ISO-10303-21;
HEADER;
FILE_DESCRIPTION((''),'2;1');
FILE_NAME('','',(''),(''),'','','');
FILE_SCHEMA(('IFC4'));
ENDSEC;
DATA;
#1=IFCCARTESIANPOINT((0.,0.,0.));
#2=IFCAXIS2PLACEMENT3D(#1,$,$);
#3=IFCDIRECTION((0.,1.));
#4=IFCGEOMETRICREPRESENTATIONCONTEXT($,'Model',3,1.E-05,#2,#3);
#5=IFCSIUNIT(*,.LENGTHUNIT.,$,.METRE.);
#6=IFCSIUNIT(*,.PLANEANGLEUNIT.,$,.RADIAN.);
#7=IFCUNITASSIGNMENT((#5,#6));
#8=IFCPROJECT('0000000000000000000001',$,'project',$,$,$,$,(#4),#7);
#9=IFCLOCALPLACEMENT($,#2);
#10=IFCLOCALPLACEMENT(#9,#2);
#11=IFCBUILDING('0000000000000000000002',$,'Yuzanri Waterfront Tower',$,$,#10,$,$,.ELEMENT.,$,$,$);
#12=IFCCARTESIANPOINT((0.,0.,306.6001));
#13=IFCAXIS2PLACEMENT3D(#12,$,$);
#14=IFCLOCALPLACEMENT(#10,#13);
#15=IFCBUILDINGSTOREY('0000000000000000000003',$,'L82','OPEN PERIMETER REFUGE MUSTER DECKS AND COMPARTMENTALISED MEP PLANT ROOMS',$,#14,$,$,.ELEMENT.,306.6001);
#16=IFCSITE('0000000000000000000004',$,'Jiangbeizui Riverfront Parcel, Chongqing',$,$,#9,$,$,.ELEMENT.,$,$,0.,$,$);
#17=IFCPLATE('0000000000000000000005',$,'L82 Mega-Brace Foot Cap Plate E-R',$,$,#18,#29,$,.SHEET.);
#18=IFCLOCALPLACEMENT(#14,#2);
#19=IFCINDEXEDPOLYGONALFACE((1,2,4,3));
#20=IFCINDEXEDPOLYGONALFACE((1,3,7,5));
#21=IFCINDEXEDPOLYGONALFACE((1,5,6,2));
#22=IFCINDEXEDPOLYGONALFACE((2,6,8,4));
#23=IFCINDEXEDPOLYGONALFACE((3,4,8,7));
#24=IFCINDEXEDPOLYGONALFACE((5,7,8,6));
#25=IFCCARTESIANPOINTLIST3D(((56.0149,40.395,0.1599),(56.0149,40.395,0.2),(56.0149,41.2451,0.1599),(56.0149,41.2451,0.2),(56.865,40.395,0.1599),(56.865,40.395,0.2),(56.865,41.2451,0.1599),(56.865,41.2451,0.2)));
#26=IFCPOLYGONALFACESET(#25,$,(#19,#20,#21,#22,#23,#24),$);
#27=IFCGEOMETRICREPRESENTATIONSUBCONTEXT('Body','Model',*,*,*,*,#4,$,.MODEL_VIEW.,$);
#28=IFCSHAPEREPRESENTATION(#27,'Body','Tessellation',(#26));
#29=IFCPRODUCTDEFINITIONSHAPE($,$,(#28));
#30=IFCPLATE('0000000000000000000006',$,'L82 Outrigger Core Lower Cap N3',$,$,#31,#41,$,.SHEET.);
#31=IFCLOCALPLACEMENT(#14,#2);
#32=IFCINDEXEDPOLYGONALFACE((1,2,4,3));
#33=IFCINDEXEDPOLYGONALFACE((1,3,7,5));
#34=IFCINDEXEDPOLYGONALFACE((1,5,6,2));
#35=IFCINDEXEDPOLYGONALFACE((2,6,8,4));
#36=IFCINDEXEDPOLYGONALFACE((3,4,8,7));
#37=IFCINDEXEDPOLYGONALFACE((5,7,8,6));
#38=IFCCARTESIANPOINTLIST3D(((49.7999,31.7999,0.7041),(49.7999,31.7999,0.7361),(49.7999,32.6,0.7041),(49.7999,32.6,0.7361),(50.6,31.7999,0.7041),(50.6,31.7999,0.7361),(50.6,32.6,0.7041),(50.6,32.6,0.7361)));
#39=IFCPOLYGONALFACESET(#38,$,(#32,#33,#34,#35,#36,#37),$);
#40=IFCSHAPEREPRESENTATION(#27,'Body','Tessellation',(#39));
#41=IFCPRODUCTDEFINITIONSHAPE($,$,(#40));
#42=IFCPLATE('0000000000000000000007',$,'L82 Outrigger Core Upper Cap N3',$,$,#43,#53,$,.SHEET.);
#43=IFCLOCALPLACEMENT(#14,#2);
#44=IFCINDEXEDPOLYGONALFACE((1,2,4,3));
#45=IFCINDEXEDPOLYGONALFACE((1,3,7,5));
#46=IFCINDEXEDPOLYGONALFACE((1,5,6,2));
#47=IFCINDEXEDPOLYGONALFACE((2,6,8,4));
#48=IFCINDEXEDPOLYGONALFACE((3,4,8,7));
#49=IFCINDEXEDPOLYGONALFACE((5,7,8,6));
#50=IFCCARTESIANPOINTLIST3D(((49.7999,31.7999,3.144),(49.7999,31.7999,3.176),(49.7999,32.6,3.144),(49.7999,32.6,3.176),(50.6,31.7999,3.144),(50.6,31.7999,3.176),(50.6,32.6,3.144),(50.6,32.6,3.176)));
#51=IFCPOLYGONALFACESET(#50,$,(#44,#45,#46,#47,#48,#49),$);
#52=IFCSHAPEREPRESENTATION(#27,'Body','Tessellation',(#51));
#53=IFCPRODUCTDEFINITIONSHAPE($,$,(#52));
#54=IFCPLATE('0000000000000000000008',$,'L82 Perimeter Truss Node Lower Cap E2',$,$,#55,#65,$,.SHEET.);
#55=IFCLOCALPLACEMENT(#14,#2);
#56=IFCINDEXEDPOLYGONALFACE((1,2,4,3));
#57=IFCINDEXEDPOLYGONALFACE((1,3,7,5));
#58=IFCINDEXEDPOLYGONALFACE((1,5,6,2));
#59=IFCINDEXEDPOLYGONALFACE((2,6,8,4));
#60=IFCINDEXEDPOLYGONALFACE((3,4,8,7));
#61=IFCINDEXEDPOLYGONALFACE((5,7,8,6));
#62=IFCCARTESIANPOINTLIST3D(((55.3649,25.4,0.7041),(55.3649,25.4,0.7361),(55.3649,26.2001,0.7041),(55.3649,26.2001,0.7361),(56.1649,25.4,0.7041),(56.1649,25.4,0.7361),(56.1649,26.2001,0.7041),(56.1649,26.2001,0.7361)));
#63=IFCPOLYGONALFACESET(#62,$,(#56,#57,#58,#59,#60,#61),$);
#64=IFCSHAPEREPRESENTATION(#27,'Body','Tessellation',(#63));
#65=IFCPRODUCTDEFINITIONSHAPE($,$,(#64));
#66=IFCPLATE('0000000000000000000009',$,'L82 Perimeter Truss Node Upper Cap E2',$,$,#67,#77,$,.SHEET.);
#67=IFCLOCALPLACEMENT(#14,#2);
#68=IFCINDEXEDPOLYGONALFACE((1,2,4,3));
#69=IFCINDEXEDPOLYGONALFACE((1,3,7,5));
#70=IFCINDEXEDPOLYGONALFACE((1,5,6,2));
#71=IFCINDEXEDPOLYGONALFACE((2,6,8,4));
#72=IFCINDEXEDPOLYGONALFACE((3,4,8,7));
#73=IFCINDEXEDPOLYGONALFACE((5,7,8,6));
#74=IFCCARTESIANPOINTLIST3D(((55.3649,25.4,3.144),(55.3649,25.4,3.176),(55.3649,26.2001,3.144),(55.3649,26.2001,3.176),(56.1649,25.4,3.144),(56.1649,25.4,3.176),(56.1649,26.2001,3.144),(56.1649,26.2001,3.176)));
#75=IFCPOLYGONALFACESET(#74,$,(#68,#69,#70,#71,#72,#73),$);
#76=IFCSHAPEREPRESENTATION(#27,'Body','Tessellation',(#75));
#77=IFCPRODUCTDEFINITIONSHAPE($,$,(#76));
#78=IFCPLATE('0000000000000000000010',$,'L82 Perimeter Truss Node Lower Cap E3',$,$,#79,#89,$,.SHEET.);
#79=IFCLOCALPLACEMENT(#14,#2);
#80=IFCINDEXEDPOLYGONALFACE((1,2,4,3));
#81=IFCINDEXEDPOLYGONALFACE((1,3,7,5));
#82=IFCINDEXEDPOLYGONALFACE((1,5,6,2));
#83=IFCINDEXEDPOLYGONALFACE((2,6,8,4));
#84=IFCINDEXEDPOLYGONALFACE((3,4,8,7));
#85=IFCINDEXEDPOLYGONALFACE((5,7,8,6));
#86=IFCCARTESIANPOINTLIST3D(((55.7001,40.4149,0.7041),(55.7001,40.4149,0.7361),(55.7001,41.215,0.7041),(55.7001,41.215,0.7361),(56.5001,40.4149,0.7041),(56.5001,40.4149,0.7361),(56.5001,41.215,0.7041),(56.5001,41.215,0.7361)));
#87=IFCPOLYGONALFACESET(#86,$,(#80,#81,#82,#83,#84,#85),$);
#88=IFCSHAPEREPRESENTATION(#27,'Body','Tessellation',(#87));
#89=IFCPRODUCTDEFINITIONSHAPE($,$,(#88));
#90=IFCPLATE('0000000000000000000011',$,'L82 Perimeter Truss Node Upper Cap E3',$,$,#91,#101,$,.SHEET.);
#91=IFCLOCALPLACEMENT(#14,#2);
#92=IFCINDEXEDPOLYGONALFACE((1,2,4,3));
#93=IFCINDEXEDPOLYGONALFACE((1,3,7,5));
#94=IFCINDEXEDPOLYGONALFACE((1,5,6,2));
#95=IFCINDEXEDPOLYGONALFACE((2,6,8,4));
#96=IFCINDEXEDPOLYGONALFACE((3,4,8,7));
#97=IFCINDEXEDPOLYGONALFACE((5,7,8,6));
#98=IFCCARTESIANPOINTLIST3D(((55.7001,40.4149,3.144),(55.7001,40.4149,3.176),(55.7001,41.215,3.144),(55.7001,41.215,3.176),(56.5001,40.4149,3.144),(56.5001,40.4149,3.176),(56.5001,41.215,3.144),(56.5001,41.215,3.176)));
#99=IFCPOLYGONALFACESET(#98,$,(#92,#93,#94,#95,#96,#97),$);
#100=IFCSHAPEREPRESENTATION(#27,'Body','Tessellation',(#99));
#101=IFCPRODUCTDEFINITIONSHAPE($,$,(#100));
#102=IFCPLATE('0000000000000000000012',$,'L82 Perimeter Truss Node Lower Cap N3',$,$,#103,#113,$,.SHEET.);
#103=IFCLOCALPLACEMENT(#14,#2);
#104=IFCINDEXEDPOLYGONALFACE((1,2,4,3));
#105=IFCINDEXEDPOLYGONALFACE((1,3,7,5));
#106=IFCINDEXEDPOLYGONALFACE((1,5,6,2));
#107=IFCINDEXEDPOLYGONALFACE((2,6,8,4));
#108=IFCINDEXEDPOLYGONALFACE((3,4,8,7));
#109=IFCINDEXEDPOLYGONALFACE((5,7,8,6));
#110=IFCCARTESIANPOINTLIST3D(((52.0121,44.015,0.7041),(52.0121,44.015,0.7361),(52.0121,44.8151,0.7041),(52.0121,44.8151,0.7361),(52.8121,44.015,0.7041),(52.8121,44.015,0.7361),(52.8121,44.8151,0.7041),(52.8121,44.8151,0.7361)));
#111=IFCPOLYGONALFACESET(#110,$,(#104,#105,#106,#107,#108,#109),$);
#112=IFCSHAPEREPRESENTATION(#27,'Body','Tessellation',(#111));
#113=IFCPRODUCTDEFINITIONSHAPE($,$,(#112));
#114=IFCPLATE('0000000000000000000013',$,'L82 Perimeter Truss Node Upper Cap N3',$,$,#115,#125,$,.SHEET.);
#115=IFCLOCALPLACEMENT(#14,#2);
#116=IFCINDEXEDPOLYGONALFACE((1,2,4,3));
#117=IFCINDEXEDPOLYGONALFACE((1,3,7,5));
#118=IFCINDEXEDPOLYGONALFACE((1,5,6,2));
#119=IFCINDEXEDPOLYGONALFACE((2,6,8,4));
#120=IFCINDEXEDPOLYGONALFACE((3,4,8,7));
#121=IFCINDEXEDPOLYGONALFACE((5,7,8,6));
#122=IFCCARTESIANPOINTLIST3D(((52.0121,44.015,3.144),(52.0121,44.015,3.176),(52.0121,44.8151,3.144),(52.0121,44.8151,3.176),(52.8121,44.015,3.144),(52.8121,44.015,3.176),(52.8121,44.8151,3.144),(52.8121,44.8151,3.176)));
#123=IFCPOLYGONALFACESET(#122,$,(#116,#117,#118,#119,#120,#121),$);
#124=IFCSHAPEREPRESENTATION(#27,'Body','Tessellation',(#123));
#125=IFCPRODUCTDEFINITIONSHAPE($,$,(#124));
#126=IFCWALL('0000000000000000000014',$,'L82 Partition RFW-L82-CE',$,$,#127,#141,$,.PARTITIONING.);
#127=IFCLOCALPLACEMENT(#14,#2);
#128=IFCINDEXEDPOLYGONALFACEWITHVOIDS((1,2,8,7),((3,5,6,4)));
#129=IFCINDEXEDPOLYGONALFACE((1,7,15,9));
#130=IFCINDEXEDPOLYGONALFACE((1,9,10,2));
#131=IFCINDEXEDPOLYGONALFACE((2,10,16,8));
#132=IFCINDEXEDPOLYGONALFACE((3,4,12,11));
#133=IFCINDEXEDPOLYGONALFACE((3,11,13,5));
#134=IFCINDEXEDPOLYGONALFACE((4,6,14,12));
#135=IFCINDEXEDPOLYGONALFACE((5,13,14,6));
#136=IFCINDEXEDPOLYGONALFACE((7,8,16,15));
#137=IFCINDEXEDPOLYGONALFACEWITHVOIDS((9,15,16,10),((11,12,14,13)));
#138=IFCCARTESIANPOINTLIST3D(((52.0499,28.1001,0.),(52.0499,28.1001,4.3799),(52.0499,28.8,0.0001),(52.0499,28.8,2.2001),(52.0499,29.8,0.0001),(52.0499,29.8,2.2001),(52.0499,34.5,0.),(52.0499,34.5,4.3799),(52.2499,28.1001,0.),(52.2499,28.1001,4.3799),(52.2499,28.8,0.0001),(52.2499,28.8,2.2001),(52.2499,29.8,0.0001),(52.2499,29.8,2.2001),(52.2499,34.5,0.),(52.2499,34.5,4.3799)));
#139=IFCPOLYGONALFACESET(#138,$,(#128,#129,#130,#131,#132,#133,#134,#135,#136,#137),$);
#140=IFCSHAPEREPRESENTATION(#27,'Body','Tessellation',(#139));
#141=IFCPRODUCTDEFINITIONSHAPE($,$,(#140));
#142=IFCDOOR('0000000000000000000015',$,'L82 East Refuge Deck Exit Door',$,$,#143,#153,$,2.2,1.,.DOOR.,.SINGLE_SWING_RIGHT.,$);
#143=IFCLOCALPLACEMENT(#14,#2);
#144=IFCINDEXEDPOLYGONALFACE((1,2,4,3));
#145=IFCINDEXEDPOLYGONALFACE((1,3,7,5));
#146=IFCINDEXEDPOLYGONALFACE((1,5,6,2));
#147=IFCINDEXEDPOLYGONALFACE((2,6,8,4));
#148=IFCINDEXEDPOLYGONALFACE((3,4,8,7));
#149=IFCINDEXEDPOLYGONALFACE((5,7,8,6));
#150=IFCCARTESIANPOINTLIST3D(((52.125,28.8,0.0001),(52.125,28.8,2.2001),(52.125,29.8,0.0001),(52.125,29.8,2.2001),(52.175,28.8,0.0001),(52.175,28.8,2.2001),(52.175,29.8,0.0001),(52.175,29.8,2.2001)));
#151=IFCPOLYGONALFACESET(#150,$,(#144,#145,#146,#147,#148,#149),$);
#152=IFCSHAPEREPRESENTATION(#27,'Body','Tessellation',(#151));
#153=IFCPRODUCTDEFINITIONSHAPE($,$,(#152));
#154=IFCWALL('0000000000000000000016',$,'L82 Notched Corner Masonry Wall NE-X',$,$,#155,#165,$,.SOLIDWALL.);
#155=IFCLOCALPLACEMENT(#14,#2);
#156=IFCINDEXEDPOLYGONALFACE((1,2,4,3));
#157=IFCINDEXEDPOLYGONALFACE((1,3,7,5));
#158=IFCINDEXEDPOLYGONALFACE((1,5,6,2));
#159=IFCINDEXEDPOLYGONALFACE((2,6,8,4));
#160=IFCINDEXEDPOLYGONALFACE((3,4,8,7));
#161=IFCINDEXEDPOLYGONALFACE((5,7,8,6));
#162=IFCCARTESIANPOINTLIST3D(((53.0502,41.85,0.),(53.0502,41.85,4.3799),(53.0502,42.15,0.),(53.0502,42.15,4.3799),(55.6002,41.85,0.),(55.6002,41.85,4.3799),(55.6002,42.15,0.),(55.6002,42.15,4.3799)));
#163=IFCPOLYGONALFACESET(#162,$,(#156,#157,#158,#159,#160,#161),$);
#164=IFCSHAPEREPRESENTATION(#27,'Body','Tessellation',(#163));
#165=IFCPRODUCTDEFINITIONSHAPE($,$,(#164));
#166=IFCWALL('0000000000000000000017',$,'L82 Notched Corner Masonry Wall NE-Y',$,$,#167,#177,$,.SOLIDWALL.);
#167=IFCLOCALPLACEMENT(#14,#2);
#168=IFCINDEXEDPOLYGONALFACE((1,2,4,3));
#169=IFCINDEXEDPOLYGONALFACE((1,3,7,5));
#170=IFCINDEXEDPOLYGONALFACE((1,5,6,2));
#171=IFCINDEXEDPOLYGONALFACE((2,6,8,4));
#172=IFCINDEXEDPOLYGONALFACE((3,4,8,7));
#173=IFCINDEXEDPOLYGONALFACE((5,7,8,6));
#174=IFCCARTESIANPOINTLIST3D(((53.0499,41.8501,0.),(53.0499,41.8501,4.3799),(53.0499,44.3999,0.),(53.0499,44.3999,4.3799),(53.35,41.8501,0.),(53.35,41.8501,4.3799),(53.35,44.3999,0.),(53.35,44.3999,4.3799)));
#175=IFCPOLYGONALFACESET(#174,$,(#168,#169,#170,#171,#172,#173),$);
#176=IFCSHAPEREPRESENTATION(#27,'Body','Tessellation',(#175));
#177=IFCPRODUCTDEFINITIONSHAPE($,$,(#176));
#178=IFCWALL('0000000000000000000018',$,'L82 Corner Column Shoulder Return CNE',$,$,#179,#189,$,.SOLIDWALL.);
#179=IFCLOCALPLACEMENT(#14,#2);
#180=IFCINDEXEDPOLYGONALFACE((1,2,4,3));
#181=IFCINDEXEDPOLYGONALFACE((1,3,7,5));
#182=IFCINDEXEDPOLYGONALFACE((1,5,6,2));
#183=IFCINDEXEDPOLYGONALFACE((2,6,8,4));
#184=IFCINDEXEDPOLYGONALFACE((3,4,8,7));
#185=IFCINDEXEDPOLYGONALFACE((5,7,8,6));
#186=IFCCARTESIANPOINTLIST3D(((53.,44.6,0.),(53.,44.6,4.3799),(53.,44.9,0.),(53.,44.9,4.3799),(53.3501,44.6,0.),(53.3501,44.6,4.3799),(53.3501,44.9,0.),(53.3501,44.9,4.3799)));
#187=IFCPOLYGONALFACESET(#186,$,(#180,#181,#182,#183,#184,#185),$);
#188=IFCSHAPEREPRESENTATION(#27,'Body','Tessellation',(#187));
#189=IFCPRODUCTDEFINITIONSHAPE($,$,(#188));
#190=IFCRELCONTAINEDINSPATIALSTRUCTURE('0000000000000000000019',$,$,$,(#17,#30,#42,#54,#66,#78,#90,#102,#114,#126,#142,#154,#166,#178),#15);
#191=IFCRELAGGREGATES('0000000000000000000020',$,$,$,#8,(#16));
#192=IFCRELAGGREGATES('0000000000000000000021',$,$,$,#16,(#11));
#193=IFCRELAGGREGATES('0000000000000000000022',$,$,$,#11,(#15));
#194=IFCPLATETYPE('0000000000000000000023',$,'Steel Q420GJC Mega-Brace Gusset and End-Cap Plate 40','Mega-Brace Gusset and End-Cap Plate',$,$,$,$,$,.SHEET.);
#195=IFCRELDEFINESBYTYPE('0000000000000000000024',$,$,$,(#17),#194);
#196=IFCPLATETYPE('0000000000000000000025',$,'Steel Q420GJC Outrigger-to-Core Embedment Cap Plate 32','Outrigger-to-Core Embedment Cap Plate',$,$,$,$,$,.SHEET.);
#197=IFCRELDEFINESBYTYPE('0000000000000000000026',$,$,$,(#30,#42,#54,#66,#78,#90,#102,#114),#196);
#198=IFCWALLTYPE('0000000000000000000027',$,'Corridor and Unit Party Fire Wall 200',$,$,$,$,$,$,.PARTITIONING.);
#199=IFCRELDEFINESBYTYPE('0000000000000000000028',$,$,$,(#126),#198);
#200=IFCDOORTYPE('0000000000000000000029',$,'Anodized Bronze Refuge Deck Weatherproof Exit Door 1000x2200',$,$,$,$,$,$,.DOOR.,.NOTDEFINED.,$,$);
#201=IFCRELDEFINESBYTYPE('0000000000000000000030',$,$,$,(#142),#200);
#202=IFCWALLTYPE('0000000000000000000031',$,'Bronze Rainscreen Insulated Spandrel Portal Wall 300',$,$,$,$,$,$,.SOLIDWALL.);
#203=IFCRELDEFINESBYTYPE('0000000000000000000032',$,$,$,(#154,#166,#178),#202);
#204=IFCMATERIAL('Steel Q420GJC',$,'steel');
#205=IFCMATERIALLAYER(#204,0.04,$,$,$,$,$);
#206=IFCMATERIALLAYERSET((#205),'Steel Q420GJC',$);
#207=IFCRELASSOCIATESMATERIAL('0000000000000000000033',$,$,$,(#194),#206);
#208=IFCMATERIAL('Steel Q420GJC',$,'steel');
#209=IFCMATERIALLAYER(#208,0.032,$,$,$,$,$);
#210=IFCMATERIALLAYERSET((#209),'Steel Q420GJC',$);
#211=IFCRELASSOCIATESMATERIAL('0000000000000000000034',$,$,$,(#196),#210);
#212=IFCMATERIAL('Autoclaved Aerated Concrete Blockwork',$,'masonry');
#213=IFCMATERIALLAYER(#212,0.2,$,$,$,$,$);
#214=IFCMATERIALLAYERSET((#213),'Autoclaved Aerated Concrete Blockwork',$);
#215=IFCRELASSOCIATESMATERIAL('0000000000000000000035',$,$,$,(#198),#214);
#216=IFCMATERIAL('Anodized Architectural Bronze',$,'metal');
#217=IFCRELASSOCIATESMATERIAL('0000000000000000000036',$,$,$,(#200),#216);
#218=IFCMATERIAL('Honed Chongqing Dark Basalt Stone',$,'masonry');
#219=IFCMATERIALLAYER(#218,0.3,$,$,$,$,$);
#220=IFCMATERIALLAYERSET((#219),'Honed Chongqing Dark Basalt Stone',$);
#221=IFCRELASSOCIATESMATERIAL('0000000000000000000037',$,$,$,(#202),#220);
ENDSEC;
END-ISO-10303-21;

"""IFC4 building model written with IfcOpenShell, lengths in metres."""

from ifc_helpers import new_model, si_unit, direction, frame, frame_2d, origin, origin_2d, place, context, subcontext, project, spatial, rectangle, extrude, source, transform, mapped, material, layer, layer_set, type_object, element, fill, save


model = new_model("IFC4")

# Units and contexts
model_context = context("Model", 3, precision=1e-05, world=origin(), true_north=direction((0.0, 1.0)))
body_context = subcontext(model_context, "Body", "Model", "MODEL_VIEW")
ifc_project = project(units=[si_unit("LENGTHUNIT", "METRE"), si_unit("PLANEANGLEUNIT", "RADIAN")], contexts=[model_context])

# Site, building, storey
site_placement = place(None, origin())
site = spatial("IfcSite", under=ifc_project, at=site_placement, Name="Jiangbeizui Riverfront Parcel, Chongqing", CompositionType="ELEMENT", RefElevation=0.0)
building_placement = place(site_placement, origin())
building = spatial("IfcBuilding", under=site, at=building_placement, Name="Yuzanri Waterfront Tower", CompositionType="ELEMENT")
storey_placement = place(building_placement, frame((0.0, 0.0, 306.6001)))
storey = spatial("IfcBuildingStorey", under=building, at=storey_placement, Name="L82", Description="OPEN PERIMETER REFUGE MUSTER DECKS AND COMPARTMENTALISED MEP PLANT ROOMS", CompositionType="ELEMENT", Elevation=306.6001)

# Plates
ifc_material_1 = material(Name="Steel Q420GJC", Category="steel")
ifc_layer_1 = layer(ifc_material_1, 0.04)
ifc_layer_set_1 = layer_set([ifc_layer_1], Name="Steel Q420GJC")
plate_type_1 = type_object("IfcPlateType", Name="Steel Q420GJC Mega-Brace Gusset and End-Cap Plate 40", Description="Mega-Brace Gusset and End-Cap Plate", PredefinedType="SHEET", material=ifc_layer_set_1)
shared_shape_1 = source(origin(), body_context, "Body", "SweptSolid", [
    extrude(rectangle(XDim=0.8501, YDim=0.8501, at=origin_2d()), origin(), (0.0, 0.0, 1.0), 0.04),
])
for number, where, z_axis, x_axis, name in (
    (1, (56.4399, 40.8201, 0.1599), (0.0, 0.0, 1.0), (1.0, 0.0, 0.0), "L82 Mega-Brace Foot Cap Plate E-R"),
):
    element("IfcPlate", number, at=place(storey_placement, frame(where, z_axis=z_axis, x_axis=x_axis)), inside=storey, type_object=plate_type_1, Name=name, PredefinedType="SHEET", context=body_context, shape_type="MappedRepresentation", body=[
        mapped(shared_shape_1, transform((0.0, 0.0, 0.0), scale=1.0)),
    ])
ifc_material_2 = material(Name="Steel Q420GJC", Category="steel")
ifc_layer_2 = layer(ifc_material_2, 0.032)
ifc_layer_set_2 = layer_set([ifc_layer_2], Name="Steel Q420GJC")
plate_type_2 = type_object("IfcPlateType", Name="Steel Q420GJC Outrigger-to-Core Embedment Cap Plate 32", Description="Outrigger-to-Core Embedment Cap Plate", PredefinedType="SHEET", material=ifc_layer_set_2)
shared_shape_2 = source(origin(), body_context, "Body", "SweptSolid", [
    extrude(rectangle(XDim=0.8, YDim=0.8, at=origin_2d()), origin(), (0.0, 0.0, 1.0), 0.032),
])
for number, where, z_axis, x_axis, name in (
    (2, (50.2, 32.2, 0.7041), (0.0, 0.0, 1.0), (1.0, 0.0, 0.0), "L82 Outrigger Core Lower Cap N3"),
    (3, (50.2, 32.2, 3.144), (0.0, 0.0, 1.0), (1.0, 0.0, 0.0), "L82 Outrigger Core Upper Cap N3"),
    (4, (55.7649, 25.8, 0.7041), (0.0, 0.0, 1.0), (1.0, 0.0, 0.0), "L82 Perimeter Truss Node Lower Cap E2"),
    (5, (55.7649, 25.8, 3.144), (0.0, 0.0, 1.0), (1.0, 0.0, 0.0), "L82 Perimeter Truss Node Upper Cap E2"),
    (6, (56.1001, 40.8149, 0.7041), (0.0, 0.0, 1.0), (1.0, 0.0, 0.0), "L82 Perimeter Truss Node Lower Cap E3"),
    (7, (56.1001, 40.8149, 3.144), (0.0, 0.0, 1.0), (1.0, 0.0, 0.0), "L82 Perimeter Truss Node Upper Cap E3"),
    (8, (52.4121, 44.415, 0.7041), (0.0, 0.0, 1.0), (1.0, 0.0, 0.0), "L82 Perimeter Truss Node Lower Cap N3"),
    (9, (52.4121, 44.415, 3.144), (0.0, 0.0, 1.0), (1.0, 0.0, 0.0), "L82 Perimeter Truss Node Upper Cap N3"),
):
    element("IfcPlate", number, at=place(storey_placement, frame(where, z_axis=z_axis, x_axis=x_axis)), inside=storey, type_object=plate_type_2, Name=name, PredefinedType="SHEET", context=body_context, shape_type="MappedRepresentation", body=[
        mapped(shared_shape_2, transform((0.0, 0.0, 0.0), scale=1.0)),
    ])

# Wall, opening, door
ifc_material_3 = material(Name="Autoclaved Aerated Concrete Blockwork", Category="masonry")
ifc_layer_3 = layer(ifc_material_3, 0.2)
ifc_layer_set_3 = layer_set([ifc_layer_3], Name="Autoclaved Aerated Concrete Blockwork")
wall_type_1 = type_object("IfcWallType", Name="Corridor and Unit Party Fire Wall 200", PredefinedType="PARTITIONING", material=ifc_layer_set_3)
wall_1_placement = place(storey_placement, frame((52.1499, 28.1001, 0.0), z_axis=(0.0, 0.0, 1.0), x_axis=(0.0, 1.0, 0.0)))
wall_1 = element("IfcWall", 10, at=wall_1_placement, inside=storey, type_object=wall_type_1, Name="L82 Partition RFW-L82-CE", PredefinedType="PARTITIONING", context=body_context, shape_type="SweptSolid", body=[
    extrude(rectangle(XDim=6.3999, YDim=0.2, at=frame_2d((3.2, 0.0))), origin(), (0.0, 0.0, 1.0), 4.3799),
])
opening_placement = place(wall_1_placement, frame((0.7, 0.0, 0.0)))
opening = element("IfcOpeningElement", 11, at=opening_placement, cuts=wall_1, PredefinedType="OPENING", context=body_context, shape_type="SweptSolid", body=[
    extrude(rectangle(XDim=1.0, YDim=2.2, at=frame_2d((0.5, 1.1001))), frame((0.0, 0.1147, 0.0), z_axis=(0.0, -1.0, 0.0), x_axis=(1.0, 0.0, 0.0)), (0.0, 0.0, 1.0), 0.2297),
])
ifc_material_4 = material(Name="Anodized Architectural Bronze", Category="metal")
door_type = type_object("IfcDoorType", Name="Anodized Bronze Refuge Deck Weatherproof Exit Door 1000x2200", OperationType="NOTDEFINED", PredefinedType="DOOR", material=ifc_material_4)
shared_shape_3 = source(origin(), body_context, "Body", "SweptSolid", [
    extrude(rectangle(XDim=1.0, YDim=2.2, at=frame_2d((0.5, 1.1001))), frame((0.0, 0.0249, 0.0), z_axis=(0.0, -1.0, 0.0), x_axis=(1.0, 0.0, 0.0)), (0.0, 0.0, 1.0), 0.05),
])
door_placement = place(opening_placement, origin())
door = element("IfcDoor", 12, at=door_placement, inside=storey, type_object=door_type, Name="L82 East Refuge Deck Exit Door", OperationType="SINGLE_SWING_RIGHT", OverallHeight=2.2, OverallWidth=1.0, PredefinedType="DOOR", context=body_context, shape_type="MappedRepresentation", body=[
    mapped(shared_shape_3, transform((0.0, 0.0, 0.0), scale=1.0)),
])
fill(opening, door)

# Walls
ifc_material_5 = material(Name="Honed Chongqing Dark Basalt Stone", Category="masonry")
ifc_layer_4 = layer(ifc_material_5, 0.3)
ifc_layer_set_4 = layer_set([ifc_layer_4], Name="Honed Chongqing Dark Basalt Stone")
wall_type_2 = type_object("IfcWallType", Name="Bronze Rainscreen Insulated Spandrel Portal Wall 300", PredefinedType="SOLIDWALL", material=ifc_layer_set_4)
shared_shape_4 = source(origin(), body_context, "Body", "SweptSolid", [
    extrude(rectangle(XDim=2.55, YDim=0.3, at=frame_2d((1.2749, 0.0))), origin(), (0.0, 0.0, 1.0), 4.3799),
])
wall_2_placement = place(storey_placement, frame((55.6001, 42.0, 0.0), z_axis=(0.0, 0.0, 1.0), x_axis=(-1.0, 0.0, 0.0)))
element("IfcWall", 13, at=wall_2_placement, inside=storey, type_object=wall_type_2, Name="L82 Notched Corner Masonry Wall NE-X", PredefinedType="SOLIDWALL", context=body_context, shape_type="MappedRepresentation", body=[
    mapped(shared_shape_4, transform((0.0, 0.0, 0.0), scale=1.0)),
])
shared_shape_5 = source(origin(), body_context, "Body", "SweptSolid", [
    extrude(rectangle(XDim=2.5498, YDim=0.3, at=frame_2d((1.2749, 0.0))), origin(), (0.0, 0.0, 1.0), 4.3799),
])
wall_3_placement = place(storey_placement, frame((53.2, 41.8501, 0.0), z_axis=(0.0, 0.0, 1.0), x_axis=(0.0, 1.0, 0.0)))
element("IfcWall", 14, at=wall_3_placement, inside=storey, type_object=wall_type_2, Name="L82 Notched Corner Masonry Wall NE-Y", PredefinedType="SOLIDWALL", context=body_context, shape_type="MappedRepresentation", body=[
    mapped(shared_shape_5, transform((0.0, 0.0, 0.0), scale=1.0)),
])
shared_shape_6 = source(origin(), body_context, "Body", "SweptSolid", [
    extrude(rectangle(XDim=0.3501, YDim=0.3, at=frame_2d((0.175, 0.0))), origin(), (0.0, 0.0, 1.0), 4.3799),
])
wall_4_placement = place(storey_placement, frame((53.0, 44.75, 0.0), z_axis=(0.0, 0.0, 1.0), x_axis=(1.0, 0.0, 0.0)))
element("IfcWall", 15, at=wall_4_placement, inside=storey, type_object=wall_type_2, Name="L82 Corner Column Shoulder Return CNE", PredefinedType="SOLIDWALL", context=body_context, shape_type="MappedRepresentation", body=[
    mapped(shared_shape_6, transform((0.0, 0.0, 0.0), scale=1.0)),
])

save(model, "model.ifc")
